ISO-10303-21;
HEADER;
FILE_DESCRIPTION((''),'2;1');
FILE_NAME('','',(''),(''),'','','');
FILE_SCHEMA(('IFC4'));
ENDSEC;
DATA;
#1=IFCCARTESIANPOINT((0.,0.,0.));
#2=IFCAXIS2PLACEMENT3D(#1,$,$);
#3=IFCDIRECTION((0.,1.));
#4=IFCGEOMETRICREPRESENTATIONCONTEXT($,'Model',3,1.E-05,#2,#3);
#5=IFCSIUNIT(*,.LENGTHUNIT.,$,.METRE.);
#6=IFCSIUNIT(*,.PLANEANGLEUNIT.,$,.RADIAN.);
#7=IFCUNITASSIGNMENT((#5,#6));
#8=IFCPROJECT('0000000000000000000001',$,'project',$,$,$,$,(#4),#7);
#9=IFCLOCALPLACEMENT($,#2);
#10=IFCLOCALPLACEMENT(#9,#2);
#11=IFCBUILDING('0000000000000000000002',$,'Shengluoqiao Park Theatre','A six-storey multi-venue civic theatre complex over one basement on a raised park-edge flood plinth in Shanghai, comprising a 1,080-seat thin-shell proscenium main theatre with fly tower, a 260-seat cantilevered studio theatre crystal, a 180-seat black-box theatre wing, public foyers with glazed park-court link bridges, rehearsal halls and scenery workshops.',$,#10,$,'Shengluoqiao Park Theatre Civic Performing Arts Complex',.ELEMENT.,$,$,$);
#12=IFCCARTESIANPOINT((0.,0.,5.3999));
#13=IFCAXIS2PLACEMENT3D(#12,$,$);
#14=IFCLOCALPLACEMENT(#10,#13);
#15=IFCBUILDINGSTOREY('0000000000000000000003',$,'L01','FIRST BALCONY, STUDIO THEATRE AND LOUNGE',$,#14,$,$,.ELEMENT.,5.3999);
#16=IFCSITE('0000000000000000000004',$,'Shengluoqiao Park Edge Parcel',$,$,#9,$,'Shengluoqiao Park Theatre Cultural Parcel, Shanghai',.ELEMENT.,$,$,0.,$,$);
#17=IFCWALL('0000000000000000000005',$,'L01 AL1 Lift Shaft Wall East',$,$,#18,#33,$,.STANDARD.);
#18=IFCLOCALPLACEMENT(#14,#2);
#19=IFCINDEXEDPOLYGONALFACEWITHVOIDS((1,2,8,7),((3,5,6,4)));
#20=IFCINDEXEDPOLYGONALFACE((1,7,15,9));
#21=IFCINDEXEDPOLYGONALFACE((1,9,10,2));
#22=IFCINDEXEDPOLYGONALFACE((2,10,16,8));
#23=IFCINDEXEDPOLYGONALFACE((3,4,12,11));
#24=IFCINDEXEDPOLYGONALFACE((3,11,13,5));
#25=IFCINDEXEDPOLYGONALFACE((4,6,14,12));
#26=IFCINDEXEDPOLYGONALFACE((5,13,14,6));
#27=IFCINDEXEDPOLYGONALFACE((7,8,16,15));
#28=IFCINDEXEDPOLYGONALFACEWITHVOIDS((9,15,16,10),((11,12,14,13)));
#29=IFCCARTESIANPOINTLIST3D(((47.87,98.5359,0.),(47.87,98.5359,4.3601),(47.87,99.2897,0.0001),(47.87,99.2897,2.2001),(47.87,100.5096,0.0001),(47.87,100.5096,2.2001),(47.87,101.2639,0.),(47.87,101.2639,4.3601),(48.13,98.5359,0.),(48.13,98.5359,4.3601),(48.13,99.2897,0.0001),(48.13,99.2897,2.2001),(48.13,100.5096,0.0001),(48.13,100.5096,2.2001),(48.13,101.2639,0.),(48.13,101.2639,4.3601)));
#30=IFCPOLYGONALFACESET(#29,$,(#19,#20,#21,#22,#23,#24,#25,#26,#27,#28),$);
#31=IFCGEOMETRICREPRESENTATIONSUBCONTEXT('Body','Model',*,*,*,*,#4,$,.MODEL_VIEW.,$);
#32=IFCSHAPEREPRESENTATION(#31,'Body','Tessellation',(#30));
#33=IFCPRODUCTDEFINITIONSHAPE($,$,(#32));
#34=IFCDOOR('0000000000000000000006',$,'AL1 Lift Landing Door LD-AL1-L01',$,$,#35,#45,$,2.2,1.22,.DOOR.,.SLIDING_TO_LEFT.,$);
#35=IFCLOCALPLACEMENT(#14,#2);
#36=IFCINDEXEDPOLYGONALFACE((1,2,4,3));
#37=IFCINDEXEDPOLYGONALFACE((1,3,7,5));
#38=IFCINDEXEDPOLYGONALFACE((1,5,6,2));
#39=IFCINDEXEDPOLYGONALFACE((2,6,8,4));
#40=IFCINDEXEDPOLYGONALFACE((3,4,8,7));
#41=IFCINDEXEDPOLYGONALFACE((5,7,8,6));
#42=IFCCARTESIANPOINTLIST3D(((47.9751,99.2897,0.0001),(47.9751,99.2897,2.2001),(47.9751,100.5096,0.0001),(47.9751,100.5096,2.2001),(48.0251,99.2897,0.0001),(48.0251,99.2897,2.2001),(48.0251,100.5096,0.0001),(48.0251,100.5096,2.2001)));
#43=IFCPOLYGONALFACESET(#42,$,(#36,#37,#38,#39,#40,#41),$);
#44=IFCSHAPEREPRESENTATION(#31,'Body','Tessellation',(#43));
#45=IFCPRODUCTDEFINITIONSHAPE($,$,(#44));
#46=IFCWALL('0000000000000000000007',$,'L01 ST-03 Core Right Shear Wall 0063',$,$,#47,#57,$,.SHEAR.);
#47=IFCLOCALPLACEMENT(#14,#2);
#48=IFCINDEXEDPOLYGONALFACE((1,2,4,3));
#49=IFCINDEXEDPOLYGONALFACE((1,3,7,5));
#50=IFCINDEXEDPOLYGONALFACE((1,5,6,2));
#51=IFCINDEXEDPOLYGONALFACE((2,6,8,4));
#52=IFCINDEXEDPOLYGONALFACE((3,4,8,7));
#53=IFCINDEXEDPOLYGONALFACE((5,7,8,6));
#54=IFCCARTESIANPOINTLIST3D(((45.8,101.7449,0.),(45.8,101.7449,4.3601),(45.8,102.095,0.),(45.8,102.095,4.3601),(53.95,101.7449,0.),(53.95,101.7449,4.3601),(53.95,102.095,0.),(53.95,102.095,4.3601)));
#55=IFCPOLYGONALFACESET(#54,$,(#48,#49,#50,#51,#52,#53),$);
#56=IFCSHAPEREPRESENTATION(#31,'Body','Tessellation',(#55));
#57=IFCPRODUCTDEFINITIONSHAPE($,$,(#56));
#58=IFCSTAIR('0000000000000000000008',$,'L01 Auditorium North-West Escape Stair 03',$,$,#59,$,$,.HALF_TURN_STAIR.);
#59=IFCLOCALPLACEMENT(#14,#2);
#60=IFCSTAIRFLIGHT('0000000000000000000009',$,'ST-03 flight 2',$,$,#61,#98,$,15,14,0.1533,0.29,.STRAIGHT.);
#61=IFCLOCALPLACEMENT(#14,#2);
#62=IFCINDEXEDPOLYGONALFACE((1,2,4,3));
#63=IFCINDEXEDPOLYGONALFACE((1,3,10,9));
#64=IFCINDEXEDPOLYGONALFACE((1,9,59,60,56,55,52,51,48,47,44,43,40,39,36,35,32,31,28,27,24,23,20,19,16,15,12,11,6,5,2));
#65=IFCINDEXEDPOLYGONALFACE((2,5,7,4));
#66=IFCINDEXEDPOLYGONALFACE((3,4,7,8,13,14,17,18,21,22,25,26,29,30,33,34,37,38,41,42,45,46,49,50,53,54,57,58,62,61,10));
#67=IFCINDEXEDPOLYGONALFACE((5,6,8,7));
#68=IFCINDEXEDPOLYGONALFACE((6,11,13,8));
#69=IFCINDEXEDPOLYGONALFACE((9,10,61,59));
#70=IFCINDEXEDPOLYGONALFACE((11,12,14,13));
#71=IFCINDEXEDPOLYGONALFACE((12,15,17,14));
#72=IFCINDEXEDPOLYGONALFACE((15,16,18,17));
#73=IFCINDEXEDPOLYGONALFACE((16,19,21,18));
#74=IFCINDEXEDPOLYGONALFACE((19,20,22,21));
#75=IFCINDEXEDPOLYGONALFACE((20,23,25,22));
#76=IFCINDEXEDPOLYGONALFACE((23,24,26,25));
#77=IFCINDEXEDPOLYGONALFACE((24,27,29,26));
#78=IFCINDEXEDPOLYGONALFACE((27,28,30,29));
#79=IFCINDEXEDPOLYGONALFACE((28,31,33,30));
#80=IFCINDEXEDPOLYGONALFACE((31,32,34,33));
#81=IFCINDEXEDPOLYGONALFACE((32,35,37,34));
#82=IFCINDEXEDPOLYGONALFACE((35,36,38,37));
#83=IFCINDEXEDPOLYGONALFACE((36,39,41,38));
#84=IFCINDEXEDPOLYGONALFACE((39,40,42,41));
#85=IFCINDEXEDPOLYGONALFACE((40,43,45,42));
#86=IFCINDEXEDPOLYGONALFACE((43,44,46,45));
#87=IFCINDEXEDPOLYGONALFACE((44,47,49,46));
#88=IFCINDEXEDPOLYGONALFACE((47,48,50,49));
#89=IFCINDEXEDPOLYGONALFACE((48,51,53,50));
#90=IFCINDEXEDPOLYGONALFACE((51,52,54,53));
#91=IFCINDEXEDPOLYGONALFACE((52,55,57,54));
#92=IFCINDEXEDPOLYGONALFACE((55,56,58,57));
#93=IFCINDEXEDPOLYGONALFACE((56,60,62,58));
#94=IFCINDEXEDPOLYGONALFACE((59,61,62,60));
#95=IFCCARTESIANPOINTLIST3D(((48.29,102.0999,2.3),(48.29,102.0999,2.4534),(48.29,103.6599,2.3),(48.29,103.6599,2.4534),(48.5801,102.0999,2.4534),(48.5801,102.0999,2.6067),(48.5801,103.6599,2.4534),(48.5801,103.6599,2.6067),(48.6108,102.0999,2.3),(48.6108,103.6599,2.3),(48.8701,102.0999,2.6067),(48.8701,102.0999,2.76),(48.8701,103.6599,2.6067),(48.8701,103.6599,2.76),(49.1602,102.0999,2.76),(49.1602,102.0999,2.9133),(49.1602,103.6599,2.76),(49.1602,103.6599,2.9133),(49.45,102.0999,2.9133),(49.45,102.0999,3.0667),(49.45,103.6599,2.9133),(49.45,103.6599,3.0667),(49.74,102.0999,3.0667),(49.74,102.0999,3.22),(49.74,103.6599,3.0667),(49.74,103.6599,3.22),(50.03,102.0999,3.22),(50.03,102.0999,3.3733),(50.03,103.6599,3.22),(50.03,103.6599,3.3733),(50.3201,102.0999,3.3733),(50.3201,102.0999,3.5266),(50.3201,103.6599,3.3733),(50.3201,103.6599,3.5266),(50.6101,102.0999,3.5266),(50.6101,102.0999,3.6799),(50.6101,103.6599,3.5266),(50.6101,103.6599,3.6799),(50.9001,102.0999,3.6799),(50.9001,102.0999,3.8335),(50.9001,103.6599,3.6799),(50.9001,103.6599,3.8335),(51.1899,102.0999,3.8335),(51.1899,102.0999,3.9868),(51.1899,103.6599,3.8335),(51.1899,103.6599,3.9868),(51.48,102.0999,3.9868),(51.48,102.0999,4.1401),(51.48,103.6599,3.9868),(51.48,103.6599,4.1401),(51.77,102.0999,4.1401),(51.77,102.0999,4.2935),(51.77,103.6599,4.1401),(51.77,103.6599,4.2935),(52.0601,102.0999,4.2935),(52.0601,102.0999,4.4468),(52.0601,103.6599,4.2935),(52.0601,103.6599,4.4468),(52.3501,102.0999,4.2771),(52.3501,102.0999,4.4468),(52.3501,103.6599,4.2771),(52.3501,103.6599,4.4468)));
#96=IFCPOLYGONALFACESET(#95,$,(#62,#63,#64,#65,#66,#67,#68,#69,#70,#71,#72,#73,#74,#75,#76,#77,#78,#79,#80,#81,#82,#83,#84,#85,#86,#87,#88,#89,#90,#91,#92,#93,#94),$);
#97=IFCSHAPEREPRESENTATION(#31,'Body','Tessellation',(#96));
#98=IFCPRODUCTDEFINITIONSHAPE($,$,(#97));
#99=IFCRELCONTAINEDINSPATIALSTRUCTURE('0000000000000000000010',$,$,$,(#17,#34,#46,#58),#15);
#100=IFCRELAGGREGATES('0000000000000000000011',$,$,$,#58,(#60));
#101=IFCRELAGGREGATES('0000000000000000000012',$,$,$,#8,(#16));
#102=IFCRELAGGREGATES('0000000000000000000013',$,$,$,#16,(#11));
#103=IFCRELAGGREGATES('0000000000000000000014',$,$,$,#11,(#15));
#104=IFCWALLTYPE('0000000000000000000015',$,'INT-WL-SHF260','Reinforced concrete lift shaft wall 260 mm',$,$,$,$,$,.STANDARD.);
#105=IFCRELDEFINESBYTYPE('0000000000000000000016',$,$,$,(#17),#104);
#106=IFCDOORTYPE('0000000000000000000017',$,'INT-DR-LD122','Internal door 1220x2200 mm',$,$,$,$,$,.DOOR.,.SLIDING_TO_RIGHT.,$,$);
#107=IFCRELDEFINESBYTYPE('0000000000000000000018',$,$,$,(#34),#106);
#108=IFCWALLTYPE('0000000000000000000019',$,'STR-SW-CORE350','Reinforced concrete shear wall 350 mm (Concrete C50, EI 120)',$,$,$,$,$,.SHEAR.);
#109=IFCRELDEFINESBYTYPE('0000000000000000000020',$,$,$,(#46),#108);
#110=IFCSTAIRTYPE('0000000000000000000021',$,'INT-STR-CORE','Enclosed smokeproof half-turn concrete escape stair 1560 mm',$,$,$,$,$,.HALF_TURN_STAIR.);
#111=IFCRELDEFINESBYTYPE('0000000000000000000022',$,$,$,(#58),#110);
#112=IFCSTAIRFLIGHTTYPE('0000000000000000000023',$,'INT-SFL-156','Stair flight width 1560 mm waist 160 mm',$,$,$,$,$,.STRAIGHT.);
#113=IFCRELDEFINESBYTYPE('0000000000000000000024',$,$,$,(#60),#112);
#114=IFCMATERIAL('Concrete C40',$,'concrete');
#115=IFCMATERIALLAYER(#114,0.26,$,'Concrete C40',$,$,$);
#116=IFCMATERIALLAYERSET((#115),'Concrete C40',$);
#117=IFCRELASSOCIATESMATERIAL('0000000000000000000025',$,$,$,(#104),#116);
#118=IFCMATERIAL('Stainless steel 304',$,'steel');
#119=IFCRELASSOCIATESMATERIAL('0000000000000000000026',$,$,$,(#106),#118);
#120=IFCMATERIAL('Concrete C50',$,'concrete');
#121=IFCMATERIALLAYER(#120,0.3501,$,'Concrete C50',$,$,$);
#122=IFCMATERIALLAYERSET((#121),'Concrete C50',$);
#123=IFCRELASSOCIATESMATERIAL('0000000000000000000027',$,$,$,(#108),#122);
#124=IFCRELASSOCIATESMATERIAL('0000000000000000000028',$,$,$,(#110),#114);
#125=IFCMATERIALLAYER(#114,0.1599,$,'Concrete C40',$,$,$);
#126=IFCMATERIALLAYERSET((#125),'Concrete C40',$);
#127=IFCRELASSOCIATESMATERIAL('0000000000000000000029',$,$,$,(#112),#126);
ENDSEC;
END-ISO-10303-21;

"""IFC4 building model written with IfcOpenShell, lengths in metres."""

from ifc_helpers import new_model, si_unit, direction, frame, frame_2d, origin, place, context, subcontext, project, spatial, polyline, rectangle, outline, extrude, material, layer, layer_set, type_object, element, fill, aggregate, save


model = new_model("IFC4")

# Units and contexts
model_context = context("Model", 3, precision=1e-05, world=origin(), true_north=direction((0.0, 1.0)))
body_context = subcontext(model_context, "Body", "Model", "MODEL_VIEW")
ifc_project = project(units=[si_unit("LENGTHUNIT", "METRE"), si_unit("PLANEANGLEUNIT", "RADIAN")], contexts=[model_context])

# Site, building, storey
site_placement = place(None, origin())
site = spatial("IfcSite", under=ifc_project, at=site_placement, Name="Shengluoqiao Park Edge Parcel", LongName="Shengluoqiao Park Theatre Cultural Parcel, Shanghai", CompositionType="ELEMENT", RefElevation=0.0)
building_placement = place(site_placement, origin())
building = spatial("IfcBuilding", under=site, at=building_placement, Name="Shengluoqiao Park Theatre", Description="A six-storey multi-venue civic theatre complex over one basement on a raised park-edge flood plinth in Shanghai, comprising a 1,080-seat thin-shell proscenium main theatre with fly tower, a 260-seat cantilevered studio theatre crystal, a 180-seat black-box theatre wing, public foyers with glazed park-court link bridges, rehearsal halls and scenery workshops.", LongName="Shengluoqiao Park Theatre Civic Performing Arts Complex", CompositionType="ELEMENT")
storey_placement = place(building_placement, frame((0.0, 0.0, 5.3999)))
storey = spatial("IfcBuildingStorey", under=building, at=storey_placement, Name="L01", Description="FIRST BALCONY, STUDIO THEATRE AND LOUNGE", CompositionType="ELEMENT", Elevation=5.3999)

# Shared definitions
ifc_material_1 = material(Name="Concrete C50", Category="concrete")

# Shared definitions
ifc_material_2 = material(Name="Concrete C40", Category="concrete")
ifc_layer_1 = layer(ifc_material_2, 0.26, Name="Concrete C40")
ifc_layer_set_1 = layer_set([ifc_layer_1], Name="Concrete C40")
wall_type_1 = type_object("IfcWallType", Name="INT-WL-SHF260", Description="Reinforced concrete lift shaft wall 260 mm", PredefinedType="STANDARD", material=ifc_layer_set_1)

# Wall, opening, door
wall_1_placement = place(storey_placement, frame((48.0, 98.5359, 0.0), z_axis=(0.0, 0.0, 1.0), x_axis=(0.0, 1.0, 0.0)))
wall_1 = element("IfcWall", 1, at=wall_1_placement, inside=storey, type_object=wall_type_1, Name="L01 AL1 Lift Shaft Wall East", PredefinedType="STANDARD", context=body_context, shape_type="SweptSolid", body=[
    extrude(rectangle(XDim=2.728, YDim=0.26, at=frame_2d((1.364, 0.0))), origin(), (0.0, 0.0, 1.0), 4.3601),
])
opening_placement = place(wall_1_placement, frame((0.7539, 0.0, 0.0)))
opening = element("IfcOpeningElement", 2, at=opening_placement, cuts=wall_1, PredefinedType="OPENING", context=body_context, shape_type="SweptSolid", body=[
    extrude(rectangle(XDim=1.22, YDim=2.2, at=frame_2d((0.6099, 1.1001))), frame((0.0, 0.1399, 0.0), z_axis=(0.0, -1.0, 0.0), x_axis=(1.0, 0.0, 0.0)), (0.0, 0.0, 1.0), 0.28),
])
ifc_material_3 = material(Name="Stainless steel 304", Category="steel")
door_type = type_object("IfcDoorType", Name="INT-DR-LD122", Description="Internal door 1220x2200 mm", OperationType="SLIDING_TO_RIGHT", PredefinedType="DOOR", material=ifc_material_3)
door_placement = place(opening_placement, origin())
door = element("IfcDoor", 3, at=door_placement, inside=storey, type_object=door_type, Name="AL1 Lift Landing Door LD-AL1-L01", OperationType="SLIDING_TO_LEFT", OverallHeight=2.2, OverallWidth=1.22, PredefinedType="DOOR", context=body_context, shape_type="SweptSolid", body=[
    extrude(rectangle(XDim=1.22, YDim=2.2, at=frame_2d((0.6099, 1.1001))), frame((0.0, 0.0249, 0.0), z_axis=(0.0, -1.0, 0.0), x_axis=(1.0, 0.0, 0.0)), (0.0, 0.0, 1.0), 0.05),
])
fill(opening, door)

# Wall
ifc_layer_2 = layer(ifc_material_1, 0.3501, Name="Concrete C50")
ifc_layer_set_2 = layer_set([ifc_layer_2], Name="Concrete C50")
wall_type_2 = type_object("IfcWallType", Name="STR-SW-CORE350", Description="Reinforced concrete shear wall 350 mm (Concrete C50, EI 120)", PredefinedType="SHEAR", material=ifc_layer_set_2)
wall_2_placement = place(storey_placement, frame((45.8, 101.9199, 0.0), z_axis=(0.0, 0.0, 1.0), x_axis=(1.0, 0.0, 0.0)))
element("IfcWall", 4, at=wall_2_placement, inside=storey, type_object=wall_type_2, Name="L01 ST-03 Core Right Shear Wall 0063", PredefinedType="SHEAR", context=body_context, shape_type="SweptSolid", body=[
    extrude(rectangle(XDim=8.1499, YDim=0.3501, at=frame_2d((4.075, 0.0))), origin(), (0.0, 0.0, 1.0), 4.3601),
])

# Stair, stair flight
stair_type = type_object("IfcStairType", Name="INT-STR-CORE", Description="Enclosed smokeproof half-turn concrete escape stair 1560 mm", PredefinedType="HALF_TURN_STAIR", material=ifc_material_2)
stair_placement = place(storey_placement, origin())
stair = element("IfcStair", 5, at=stair_placement, inside=storey, type_object=stair_type, Name="L01 Auditorium North-West Escape Stair 03", PredefinedType="HALF_TURN_STAIR")
ifc_layer_3 = layer(ifc_material_2, 0.1599, Name="Concrete C40")
ifc_layer_set_3 = layer_set([ifc_layer_3], Name="Concrete C40")
stair_flight_type = type_object("IfcStairFlightType", Name="INT-SFL-156", Description="Stair flight width 1560 mm waist 160 mm", PredefinedType="STRAIGHT", material=ifc_layer_set_3)
stair_flight_placement = place(storey_placement, frame((48.29, 102.8799, 2.3), z_axis=(0.0, 0.0, 1.0), x_axis=(1.0, 0.0, 0.0)))
stair_flight = element("IfcStairFlight", 6, at=stair_flight_placement, type_object=stair_flight_type, Name="ST-03 flight 2", NumberOfRisers=15, NumberOfTreads=14, PredefinedType="STRAIGHT", RiserHeight=0.1533, TreadLength=0.29, context=body_context, shape_type="SweptSolid", body=[
    extrude(outline(polyline([(0.0, 0.0), (0.0, 0.1533), (0.29, 0.1533), (0.29, 0.3066), (0.5801, 0.3066), (0.5801, 0.46), (0.8701, 0.46), (0.8701, 0.6133), (1.1599, 0.6133), (1.1599, 0.7666), (1.45, 0.7666), (1.45, 0.9199), (1.74, 0.9199), (1.74, 1.0732), (2.03, 1.0732), (2.03, 1.2266), (2.3201, 1.2266), (2.3201, 1.3799), (2.6101, 1.3799), (2.6101, 1.5334), (2.8999, 1.5334), (2.8999, 1.6868), (3.1899, 1.6868), (3.1899, 1.8401), (3.48, 1.8401), (3.48, 1.9934), (3.77, 1.9934), (3.77, 2.1467), (4.0601, 2.1467), (4.0601, 2.3), (4.0601, 1.9771), (0.3208, 0.0), (0.0, 0.0)])), frame((0.0, 0.78, 0.0), z_axis=(0.0, -1.0, 0.0), x_axis=(1.0, 0.0, 0.0)), (0.0, 0.0, 1.0), 1.5601),
])
aggregate(stair, [stair_flight])

save(model, "model.ifc")
